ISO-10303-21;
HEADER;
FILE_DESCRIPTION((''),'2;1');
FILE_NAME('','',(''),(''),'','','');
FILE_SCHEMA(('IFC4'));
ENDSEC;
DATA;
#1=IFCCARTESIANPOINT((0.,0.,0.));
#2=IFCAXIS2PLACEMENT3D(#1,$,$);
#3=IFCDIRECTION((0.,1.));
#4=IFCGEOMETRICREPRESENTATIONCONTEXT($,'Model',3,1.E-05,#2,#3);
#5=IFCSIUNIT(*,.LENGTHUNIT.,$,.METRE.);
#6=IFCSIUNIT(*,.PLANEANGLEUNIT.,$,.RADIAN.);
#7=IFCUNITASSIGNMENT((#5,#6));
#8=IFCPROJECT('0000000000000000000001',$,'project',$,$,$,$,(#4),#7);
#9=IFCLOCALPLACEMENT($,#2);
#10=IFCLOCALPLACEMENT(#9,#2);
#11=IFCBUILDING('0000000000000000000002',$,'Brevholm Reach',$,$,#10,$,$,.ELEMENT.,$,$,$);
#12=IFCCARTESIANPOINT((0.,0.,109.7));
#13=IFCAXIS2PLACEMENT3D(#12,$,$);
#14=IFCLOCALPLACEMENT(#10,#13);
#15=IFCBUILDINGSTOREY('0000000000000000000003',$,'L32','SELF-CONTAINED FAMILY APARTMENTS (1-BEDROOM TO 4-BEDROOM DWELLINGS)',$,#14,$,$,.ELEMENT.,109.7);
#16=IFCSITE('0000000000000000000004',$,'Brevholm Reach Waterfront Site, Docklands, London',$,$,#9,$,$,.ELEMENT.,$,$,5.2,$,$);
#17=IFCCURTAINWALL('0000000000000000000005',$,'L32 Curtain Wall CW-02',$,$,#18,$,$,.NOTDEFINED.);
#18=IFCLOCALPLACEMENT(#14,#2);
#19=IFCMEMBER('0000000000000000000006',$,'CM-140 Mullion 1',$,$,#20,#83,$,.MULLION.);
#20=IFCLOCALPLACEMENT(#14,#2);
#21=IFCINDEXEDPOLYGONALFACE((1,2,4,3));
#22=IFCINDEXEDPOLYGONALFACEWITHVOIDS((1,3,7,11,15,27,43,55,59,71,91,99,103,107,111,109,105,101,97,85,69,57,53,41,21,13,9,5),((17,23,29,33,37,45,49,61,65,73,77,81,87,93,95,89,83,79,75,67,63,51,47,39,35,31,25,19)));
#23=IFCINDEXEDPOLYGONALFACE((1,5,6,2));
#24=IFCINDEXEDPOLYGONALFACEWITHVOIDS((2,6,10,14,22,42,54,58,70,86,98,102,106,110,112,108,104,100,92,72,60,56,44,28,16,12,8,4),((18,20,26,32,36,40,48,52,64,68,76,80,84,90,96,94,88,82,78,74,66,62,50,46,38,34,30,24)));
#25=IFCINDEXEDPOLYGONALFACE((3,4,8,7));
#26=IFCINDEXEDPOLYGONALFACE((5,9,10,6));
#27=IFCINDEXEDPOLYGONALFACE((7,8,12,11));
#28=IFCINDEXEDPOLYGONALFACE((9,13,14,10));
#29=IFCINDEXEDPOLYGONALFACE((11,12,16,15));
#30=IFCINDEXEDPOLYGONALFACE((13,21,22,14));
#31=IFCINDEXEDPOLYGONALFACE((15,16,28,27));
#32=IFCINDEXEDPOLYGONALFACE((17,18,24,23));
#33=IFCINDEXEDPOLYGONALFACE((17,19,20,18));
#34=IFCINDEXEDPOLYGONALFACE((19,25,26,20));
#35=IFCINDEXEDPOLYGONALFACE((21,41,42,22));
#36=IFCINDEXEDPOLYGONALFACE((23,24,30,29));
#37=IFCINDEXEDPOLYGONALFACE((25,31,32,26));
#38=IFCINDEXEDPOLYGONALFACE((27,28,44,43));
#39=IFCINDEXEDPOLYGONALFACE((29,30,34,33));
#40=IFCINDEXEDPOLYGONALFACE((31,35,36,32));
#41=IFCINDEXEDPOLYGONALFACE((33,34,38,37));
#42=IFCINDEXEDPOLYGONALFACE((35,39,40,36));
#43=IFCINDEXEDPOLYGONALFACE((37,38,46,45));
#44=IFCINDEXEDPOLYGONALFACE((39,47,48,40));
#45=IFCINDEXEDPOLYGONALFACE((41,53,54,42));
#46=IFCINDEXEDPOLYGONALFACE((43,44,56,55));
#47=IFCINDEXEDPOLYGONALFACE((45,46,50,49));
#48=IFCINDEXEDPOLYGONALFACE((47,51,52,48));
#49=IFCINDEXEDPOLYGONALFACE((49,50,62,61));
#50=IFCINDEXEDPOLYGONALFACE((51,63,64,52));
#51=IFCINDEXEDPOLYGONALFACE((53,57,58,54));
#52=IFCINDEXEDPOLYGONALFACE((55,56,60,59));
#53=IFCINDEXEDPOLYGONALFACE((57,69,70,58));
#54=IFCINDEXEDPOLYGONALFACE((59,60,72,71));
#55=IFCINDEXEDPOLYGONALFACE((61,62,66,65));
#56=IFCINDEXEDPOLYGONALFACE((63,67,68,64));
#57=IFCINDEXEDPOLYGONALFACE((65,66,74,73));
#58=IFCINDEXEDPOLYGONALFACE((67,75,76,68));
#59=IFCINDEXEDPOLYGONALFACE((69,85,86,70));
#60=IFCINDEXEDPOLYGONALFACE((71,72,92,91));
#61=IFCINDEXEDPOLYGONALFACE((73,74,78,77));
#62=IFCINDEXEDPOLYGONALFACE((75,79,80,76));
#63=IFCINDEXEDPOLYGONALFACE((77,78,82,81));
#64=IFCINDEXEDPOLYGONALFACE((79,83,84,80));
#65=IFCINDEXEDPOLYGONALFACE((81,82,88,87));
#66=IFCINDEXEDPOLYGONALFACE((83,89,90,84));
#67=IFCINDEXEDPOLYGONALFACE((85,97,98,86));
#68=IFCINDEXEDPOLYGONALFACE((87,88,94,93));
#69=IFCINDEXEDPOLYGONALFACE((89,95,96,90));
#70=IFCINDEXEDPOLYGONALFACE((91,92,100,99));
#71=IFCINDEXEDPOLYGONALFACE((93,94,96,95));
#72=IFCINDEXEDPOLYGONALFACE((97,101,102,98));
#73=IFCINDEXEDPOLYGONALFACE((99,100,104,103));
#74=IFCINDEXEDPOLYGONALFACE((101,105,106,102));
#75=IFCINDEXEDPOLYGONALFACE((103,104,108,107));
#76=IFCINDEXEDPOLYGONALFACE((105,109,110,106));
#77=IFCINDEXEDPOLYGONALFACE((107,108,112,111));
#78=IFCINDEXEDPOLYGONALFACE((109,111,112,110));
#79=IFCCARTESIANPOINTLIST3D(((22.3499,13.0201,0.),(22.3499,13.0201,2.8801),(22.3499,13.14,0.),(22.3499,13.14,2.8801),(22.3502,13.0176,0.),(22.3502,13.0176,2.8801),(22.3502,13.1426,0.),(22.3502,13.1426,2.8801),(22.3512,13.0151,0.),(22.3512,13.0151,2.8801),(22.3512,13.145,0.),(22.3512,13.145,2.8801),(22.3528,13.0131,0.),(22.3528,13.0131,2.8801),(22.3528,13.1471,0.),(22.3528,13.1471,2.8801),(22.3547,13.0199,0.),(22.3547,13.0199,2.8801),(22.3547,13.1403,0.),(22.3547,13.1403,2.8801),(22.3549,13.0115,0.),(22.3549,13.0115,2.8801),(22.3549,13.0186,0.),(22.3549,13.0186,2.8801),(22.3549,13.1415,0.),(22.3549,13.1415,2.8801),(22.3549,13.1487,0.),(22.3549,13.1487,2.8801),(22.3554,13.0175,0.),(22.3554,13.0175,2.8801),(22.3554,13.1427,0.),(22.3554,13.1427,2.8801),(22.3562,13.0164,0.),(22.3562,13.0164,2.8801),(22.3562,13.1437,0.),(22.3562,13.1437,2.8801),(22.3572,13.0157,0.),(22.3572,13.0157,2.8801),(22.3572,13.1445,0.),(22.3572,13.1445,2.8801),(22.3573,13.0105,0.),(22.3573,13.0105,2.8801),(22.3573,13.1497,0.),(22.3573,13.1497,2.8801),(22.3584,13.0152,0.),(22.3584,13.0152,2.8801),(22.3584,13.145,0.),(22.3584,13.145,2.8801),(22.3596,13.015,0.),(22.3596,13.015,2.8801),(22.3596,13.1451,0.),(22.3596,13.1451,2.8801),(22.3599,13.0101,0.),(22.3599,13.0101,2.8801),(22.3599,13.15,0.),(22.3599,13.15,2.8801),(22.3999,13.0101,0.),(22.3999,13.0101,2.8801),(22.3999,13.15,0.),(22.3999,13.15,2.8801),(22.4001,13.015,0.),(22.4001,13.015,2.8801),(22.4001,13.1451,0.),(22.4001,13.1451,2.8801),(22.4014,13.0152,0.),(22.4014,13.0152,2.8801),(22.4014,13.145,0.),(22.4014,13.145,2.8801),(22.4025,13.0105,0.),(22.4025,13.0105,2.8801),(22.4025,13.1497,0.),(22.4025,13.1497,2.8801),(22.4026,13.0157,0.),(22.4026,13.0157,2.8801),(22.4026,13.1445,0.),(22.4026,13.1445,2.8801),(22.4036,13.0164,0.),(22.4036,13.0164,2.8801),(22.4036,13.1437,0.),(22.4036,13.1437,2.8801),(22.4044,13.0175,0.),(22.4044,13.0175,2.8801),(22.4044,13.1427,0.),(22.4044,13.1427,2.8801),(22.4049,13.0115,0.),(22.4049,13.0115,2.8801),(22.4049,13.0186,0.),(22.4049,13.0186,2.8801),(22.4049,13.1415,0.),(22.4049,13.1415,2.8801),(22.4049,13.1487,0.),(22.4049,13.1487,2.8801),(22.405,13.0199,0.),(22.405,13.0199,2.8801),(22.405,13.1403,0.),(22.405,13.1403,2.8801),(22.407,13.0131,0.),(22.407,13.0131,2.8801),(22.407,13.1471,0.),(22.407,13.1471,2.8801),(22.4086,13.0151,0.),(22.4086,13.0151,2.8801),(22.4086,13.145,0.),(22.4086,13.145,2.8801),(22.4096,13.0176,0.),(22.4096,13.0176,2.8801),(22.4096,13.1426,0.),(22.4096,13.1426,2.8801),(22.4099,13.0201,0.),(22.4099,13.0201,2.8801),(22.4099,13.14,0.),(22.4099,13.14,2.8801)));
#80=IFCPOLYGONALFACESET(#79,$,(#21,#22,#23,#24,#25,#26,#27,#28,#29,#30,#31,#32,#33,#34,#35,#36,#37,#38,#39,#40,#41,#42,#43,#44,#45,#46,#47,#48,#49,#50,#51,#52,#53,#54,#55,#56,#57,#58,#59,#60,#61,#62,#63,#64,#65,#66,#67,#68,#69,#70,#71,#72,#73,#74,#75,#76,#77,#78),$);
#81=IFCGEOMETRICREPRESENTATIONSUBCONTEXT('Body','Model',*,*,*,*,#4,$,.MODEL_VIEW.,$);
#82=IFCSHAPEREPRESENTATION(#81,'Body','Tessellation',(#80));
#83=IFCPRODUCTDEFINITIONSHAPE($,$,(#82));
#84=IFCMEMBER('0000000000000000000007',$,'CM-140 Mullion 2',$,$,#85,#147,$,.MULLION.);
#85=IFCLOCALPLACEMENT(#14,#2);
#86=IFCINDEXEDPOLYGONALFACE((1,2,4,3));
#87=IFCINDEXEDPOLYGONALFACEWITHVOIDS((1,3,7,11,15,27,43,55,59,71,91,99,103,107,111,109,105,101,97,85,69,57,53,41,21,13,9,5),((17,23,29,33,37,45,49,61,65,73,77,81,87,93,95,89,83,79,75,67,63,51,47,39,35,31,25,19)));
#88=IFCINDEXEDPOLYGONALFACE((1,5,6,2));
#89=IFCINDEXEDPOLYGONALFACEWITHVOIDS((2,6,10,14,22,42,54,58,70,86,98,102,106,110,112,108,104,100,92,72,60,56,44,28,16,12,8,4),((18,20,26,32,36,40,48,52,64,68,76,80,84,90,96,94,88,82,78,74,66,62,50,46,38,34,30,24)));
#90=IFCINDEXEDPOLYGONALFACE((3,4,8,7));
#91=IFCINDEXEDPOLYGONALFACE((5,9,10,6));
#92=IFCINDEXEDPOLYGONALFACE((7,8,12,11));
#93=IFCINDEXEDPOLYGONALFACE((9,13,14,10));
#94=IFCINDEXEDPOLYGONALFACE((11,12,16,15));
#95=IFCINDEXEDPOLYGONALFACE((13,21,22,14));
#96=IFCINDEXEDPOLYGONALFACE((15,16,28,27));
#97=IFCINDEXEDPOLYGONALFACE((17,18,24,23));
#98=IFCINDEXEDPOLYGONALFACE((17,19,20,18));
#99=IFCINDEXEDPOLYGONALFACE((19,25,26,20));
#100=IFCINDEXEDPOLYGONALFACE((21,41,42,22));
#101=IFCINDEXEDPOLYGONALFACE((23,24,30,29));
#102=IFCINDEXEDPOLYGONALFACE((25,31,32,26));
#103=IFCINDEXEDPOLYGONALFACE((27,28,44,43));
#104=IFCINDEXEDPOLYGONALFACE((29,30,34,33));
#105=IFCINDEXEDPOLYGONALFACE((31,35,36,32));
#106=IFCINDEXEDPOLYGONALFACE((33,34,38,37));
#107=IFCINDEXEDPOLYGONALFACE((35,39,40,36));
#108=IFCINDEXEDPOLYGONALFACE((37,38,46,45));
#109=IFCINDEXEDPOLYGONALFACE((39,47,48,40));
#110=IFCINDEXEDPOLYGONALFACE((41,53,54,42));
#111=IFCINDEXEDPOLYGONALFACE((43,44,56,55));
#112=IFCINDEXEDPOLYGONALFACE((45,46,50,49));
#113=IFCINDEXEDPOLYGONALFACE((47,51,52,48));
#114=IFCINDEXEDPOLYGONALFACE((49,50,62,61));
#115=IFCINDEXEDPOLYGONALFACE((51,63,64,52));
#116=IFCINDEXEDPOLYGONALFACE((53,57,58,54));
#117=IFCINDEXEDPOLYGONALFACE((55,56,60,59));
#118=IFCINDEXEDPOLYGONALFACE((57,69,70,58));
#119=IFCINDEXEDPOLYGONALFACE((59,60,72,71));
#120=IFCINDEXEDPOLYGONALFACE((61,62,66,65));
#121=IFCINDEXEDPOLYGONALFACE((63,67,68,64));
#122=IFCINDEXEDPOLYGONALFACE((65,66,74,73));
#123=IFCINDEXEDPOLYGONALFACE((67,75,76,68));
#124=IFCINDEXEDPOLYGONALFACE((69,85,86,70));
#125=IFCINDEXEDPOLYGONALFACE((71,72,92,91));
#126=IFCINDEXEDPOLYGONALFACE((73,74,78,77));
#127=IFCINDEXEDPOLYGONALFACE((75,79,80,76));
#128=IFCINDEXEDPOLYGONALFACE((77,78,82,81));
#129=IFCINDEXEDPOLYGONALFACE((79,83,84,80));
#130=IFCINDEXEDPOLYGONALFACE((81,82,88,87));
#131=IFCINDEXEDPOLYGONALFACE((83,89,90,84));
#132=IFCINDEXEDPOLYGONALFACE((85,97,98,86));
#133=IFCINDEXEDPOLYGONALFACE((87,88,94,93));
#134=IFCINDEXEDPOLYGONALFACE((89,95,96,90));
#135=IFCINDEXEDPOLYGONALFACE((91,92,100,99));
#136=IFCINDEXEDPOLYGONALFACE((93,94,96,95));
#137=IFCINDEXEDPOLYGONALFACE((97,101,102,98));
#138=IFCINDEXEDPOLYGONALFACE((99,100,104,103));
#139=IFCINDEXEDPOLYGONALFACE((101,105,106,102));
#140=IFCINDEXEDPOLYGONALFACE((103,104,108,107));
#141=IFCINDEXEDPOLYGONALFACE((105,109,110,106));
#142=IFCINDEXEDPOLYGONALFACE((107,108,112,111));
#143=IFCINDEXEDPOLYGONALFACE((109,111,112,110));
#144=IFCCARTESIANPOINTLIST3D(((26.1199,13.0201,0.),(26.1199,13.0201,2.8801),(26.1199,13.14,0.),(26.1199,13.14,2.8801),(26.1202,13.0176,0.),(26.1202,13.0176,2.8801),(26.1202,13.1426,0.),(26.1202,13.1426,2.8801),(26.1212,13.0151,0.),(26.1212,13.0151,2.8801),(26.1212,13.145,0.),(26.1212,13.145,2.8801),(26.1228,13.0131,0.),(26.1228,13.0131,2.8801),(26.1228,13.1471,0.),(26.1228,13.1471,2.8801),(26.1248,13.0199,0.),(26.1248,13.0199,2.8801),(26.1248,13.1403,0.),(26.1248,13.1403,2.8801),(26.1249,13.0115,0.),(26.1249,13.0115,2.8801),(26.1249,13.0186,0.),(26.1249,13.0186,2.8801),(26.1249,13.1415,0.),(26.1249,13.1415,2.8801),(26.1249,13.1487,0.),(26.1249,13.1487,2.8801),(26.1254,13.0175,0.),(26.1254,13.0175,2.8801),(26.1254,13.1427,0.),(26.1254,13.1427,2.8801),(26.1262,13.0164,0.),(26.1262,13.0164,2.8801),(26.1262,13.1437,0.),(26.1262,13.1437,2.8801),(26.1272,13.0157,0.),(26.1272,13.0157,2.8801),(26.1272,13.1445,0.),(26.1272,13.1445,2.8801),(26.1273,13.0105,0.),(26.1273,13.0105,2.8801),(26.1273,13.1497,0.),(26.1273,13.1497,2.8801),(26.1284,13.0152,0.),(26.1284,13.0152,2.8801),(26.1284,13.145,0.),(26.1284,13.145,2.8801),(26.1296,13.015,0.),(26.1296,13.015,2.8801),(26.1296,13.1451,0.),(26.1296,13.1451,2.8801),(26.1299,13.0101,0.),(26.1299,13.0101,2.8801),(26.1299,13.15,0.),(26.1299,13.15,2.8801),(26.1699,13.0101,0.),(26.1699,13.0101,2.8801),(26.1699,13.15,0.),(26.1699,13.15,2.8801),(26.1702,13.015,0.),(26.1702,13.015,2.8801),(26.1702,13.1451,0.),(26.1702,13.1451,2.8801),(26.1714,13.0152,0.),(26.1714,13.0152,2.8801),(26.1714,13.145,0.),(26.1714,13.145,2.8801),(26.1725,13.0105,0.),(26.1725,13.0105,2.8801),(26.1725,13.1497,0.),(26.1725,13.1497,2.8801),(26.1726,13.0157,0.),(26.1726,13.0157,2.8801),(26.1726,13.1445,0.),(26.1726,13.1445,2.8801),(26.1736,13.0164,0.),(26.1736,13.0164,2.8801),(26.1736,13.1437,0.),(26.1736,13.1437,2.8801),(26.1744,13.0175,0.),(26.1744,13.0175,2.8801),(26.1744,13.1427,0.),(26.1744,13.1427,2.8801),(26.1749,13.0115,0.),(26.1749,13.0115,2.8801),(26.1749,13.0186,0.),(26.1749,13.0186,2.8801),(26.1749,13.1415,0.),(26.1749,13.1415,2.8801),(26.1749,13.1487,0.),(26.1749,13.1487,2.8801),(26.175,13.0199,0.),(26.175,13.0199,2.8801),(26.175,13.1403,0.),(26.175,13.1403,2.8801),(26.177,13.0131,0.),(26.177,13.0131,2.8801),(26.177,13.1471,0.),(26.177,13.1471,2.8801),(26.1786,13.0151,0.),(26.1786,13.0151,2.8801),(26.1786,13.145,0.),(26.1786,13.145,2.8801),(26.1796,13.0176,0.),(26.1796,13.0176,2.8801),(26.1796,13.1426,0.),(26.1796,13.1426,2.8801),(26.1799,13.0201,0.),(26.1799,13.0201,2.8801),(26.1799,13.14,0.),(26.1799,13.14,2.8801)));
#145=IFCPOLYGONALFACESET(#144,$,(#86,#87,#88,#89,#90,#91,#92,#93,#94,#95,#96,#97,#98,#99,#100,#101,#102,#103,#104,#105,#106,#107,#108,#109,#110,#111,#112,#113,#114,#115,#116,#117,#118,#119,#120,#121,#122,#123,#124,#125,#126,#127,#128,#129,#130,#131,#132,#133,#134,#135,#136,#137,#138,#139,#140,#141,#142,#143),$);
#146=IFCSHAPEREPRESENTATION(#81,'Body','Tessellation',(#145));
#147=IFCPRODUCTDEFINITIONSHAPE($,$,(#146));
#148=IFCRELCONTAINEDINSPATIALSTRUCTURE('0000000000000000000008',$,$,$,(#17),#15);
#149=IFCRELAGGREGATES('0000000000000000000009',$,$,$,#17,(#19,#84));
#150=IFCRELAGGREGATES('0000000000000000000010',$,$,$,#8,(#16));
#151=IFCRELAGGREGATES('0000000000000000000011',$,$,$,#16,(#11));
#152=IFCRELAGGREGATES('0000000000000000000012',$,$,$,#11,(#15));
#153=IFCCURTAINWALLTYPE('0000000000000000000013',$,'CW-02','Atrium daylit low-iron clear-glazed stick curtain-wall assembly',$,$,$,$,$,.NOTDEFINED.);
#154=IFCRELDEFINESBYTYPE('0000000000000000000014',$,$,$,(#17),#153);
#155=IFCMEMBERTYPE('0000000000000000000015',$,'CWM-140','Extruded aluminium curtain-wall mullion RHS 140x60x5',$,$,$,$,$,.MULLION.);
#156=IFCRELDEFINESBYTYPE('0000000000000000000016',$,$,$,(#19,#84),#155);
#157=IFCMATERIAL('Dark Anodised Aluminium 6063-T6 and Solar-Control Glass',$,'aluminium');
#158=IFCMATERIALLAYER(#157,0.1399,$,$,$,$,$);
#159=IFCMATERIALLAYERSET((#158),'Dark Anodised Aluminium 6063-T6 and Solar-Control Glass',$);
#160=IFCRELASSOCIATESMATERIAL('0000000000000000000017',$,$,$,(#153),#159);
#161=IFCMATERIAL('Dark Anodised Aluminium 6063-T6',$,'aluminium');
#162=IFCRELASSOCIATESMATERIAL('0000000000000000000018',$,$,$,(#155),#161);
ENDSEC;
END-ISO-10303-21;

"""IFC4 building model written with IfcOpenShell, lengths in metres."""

from ifc_helpers import new_model, si_unit, direction, frame, origin, origin_2d, place, context, subcontext, project, spatial, hollow_rectangle, extrude, material, layer, layer_set, material_profile, profile_set, type_object, element, aggregate, save


model = new_model("IFC4")

# Units and contexts
model_context = context("Model", 3, precision=1e-05, world=origin(), true_north=direction((0.0, 1.0)))
body_context = subcontext(model_context, "Body", "Model", "MODEL_VIEW")
ifc_project = project(units=[si_unit("LENGTHUNIT", "METRE"), si_unit("PLANEANGLEUNIT", "RADIAN")], contexts=[model_context])

# Site, building, storey
site_placement = place(None, origin())
site = spatial("IfcSite", under=ifc_project, at=site_placement, Name="Brevholm Reach Waterfront Site, Docklands, London", CompositionType="ELEMENT", RefElevation=5.2)
building_placement = place(site_placement, origin())
building = spatial("IfcBuilding", under=site, at=building_placement, Name="Brevholm Reach", CompositionType="ELEMENT")
storey_placement = place(building_placement, frame((0.0, 0.0, 109.7)))
storey = spatial("IfcBuildingStorey", under=building, at=storey_placement, Name="L32", Description="SELF-CONTAINED FAMILY APARTMENTS (1-BEDROOM TO 4-BEDROOM DWELLINGS)", CompositionType="ELEMENT", Elevation=109.7)

# Curtain wall, members
ifc_material_1 = material(Name="Dark Anodised Aluminium 6063-T6 and Solar-Control Glass", Category="aluminium")
ifc_layer_1 = layer(ifc_material_1, 0.1399)
ifc_layer_set_1 = layer_set([ifc_layer_1], Name="Dark Anodised Aluminium 6063-T6 and Solar-Control Glass")
curtain_wall_type = type_object("IfcCurtainWallType", Name="CW-02", Description="Atrium daylit low-iron clear-glazed stick curtain-wall assembly", PredefinedType="NOTDEFINED", material=ifc_layer_set_1)
curtain_wall_placement = place(storey_placement, origin())
curtain_wall = element("IfcCurtainWall", 1, at=curtain_wall_placement, inside=storey, type_object=curtain_wall_type, Name="L32 Curtain Wall CW-02", PredefinedType="NOTDEFINED")
ifc_material_2 = material(Name="Dark Anodised Aluminium 6063-T6", Category="aluminium")
ifc_material_profile_1 = material_profile(ifc_material_2, hollow_rectangle(XDim=0.0601, YDim=0.1399, WallThickness=0.0049, InnerFilletRadius=0.0049, OuterFilletRadius=0.01, at=origin_2d()), Name="RHS 140x60x5")
ifc_profile_set_1 = profile_set([ifc_material_profile_1], Name="Dark Anodised Aluminium 6063-T6")
member_type_1 = type_object("IfcMemberType", Name="CWM-140", Description="Extruded aluminium curtain-wall mullion RHS 140x60x5", PredefinedType="MULLION", material=ifc_profile_set_1)
member_1_placement = place(storey_placement, frame((22.3799, 13.0801, 0.0), z_axis=(0.0, 0.0, 1.0), x_axis=(1.0, 0.0, 0.0)))
member_1 = element("IfcMember", 2, at=member_1_placement, type_object=member_type_1, Name="CM-140 Mullion 1", PredefinedType="MULLION", context=body_context, shape_type="SweptSolid", body=[
    extrude(hollow_rectangle(XDim=0.0601, YDim=0.1399, WallThickness=0.0049, InnerFilletRadius=0.0049, OuterFilletRadius=0.01, at=origin_2d()), origin(), (0.0, 0.0, 1.0), 2.8801),
])
member_2_placement = place(storey_placement, frame((26.1499, 13.0801, 0.0), z_axis=(0.0, 0.0, 1.0), x_axis=(1.0, 0.0, 0.0)))
member_2 = element("IfcMember", 3, at=member_2_placement, type_object=member_type_1, Name="CM-140 Mullion 2", PredefinedType="MULLION", context=body_context, shape_type="SweptSolid", body=[
    extrude(hollow_rectangle(XDim=0.0601, YDim=0.1399, WallThickness=0.0049, InnerFilletRadius=0.0049, OuterFilletRadius=0.01, at=origin_2d()), origin(), (0.0, 0.0, 1.0), 2.8801),
])
aggregate(curtain_wall, [member_1, member_2])

save(model, "model.ifc")
